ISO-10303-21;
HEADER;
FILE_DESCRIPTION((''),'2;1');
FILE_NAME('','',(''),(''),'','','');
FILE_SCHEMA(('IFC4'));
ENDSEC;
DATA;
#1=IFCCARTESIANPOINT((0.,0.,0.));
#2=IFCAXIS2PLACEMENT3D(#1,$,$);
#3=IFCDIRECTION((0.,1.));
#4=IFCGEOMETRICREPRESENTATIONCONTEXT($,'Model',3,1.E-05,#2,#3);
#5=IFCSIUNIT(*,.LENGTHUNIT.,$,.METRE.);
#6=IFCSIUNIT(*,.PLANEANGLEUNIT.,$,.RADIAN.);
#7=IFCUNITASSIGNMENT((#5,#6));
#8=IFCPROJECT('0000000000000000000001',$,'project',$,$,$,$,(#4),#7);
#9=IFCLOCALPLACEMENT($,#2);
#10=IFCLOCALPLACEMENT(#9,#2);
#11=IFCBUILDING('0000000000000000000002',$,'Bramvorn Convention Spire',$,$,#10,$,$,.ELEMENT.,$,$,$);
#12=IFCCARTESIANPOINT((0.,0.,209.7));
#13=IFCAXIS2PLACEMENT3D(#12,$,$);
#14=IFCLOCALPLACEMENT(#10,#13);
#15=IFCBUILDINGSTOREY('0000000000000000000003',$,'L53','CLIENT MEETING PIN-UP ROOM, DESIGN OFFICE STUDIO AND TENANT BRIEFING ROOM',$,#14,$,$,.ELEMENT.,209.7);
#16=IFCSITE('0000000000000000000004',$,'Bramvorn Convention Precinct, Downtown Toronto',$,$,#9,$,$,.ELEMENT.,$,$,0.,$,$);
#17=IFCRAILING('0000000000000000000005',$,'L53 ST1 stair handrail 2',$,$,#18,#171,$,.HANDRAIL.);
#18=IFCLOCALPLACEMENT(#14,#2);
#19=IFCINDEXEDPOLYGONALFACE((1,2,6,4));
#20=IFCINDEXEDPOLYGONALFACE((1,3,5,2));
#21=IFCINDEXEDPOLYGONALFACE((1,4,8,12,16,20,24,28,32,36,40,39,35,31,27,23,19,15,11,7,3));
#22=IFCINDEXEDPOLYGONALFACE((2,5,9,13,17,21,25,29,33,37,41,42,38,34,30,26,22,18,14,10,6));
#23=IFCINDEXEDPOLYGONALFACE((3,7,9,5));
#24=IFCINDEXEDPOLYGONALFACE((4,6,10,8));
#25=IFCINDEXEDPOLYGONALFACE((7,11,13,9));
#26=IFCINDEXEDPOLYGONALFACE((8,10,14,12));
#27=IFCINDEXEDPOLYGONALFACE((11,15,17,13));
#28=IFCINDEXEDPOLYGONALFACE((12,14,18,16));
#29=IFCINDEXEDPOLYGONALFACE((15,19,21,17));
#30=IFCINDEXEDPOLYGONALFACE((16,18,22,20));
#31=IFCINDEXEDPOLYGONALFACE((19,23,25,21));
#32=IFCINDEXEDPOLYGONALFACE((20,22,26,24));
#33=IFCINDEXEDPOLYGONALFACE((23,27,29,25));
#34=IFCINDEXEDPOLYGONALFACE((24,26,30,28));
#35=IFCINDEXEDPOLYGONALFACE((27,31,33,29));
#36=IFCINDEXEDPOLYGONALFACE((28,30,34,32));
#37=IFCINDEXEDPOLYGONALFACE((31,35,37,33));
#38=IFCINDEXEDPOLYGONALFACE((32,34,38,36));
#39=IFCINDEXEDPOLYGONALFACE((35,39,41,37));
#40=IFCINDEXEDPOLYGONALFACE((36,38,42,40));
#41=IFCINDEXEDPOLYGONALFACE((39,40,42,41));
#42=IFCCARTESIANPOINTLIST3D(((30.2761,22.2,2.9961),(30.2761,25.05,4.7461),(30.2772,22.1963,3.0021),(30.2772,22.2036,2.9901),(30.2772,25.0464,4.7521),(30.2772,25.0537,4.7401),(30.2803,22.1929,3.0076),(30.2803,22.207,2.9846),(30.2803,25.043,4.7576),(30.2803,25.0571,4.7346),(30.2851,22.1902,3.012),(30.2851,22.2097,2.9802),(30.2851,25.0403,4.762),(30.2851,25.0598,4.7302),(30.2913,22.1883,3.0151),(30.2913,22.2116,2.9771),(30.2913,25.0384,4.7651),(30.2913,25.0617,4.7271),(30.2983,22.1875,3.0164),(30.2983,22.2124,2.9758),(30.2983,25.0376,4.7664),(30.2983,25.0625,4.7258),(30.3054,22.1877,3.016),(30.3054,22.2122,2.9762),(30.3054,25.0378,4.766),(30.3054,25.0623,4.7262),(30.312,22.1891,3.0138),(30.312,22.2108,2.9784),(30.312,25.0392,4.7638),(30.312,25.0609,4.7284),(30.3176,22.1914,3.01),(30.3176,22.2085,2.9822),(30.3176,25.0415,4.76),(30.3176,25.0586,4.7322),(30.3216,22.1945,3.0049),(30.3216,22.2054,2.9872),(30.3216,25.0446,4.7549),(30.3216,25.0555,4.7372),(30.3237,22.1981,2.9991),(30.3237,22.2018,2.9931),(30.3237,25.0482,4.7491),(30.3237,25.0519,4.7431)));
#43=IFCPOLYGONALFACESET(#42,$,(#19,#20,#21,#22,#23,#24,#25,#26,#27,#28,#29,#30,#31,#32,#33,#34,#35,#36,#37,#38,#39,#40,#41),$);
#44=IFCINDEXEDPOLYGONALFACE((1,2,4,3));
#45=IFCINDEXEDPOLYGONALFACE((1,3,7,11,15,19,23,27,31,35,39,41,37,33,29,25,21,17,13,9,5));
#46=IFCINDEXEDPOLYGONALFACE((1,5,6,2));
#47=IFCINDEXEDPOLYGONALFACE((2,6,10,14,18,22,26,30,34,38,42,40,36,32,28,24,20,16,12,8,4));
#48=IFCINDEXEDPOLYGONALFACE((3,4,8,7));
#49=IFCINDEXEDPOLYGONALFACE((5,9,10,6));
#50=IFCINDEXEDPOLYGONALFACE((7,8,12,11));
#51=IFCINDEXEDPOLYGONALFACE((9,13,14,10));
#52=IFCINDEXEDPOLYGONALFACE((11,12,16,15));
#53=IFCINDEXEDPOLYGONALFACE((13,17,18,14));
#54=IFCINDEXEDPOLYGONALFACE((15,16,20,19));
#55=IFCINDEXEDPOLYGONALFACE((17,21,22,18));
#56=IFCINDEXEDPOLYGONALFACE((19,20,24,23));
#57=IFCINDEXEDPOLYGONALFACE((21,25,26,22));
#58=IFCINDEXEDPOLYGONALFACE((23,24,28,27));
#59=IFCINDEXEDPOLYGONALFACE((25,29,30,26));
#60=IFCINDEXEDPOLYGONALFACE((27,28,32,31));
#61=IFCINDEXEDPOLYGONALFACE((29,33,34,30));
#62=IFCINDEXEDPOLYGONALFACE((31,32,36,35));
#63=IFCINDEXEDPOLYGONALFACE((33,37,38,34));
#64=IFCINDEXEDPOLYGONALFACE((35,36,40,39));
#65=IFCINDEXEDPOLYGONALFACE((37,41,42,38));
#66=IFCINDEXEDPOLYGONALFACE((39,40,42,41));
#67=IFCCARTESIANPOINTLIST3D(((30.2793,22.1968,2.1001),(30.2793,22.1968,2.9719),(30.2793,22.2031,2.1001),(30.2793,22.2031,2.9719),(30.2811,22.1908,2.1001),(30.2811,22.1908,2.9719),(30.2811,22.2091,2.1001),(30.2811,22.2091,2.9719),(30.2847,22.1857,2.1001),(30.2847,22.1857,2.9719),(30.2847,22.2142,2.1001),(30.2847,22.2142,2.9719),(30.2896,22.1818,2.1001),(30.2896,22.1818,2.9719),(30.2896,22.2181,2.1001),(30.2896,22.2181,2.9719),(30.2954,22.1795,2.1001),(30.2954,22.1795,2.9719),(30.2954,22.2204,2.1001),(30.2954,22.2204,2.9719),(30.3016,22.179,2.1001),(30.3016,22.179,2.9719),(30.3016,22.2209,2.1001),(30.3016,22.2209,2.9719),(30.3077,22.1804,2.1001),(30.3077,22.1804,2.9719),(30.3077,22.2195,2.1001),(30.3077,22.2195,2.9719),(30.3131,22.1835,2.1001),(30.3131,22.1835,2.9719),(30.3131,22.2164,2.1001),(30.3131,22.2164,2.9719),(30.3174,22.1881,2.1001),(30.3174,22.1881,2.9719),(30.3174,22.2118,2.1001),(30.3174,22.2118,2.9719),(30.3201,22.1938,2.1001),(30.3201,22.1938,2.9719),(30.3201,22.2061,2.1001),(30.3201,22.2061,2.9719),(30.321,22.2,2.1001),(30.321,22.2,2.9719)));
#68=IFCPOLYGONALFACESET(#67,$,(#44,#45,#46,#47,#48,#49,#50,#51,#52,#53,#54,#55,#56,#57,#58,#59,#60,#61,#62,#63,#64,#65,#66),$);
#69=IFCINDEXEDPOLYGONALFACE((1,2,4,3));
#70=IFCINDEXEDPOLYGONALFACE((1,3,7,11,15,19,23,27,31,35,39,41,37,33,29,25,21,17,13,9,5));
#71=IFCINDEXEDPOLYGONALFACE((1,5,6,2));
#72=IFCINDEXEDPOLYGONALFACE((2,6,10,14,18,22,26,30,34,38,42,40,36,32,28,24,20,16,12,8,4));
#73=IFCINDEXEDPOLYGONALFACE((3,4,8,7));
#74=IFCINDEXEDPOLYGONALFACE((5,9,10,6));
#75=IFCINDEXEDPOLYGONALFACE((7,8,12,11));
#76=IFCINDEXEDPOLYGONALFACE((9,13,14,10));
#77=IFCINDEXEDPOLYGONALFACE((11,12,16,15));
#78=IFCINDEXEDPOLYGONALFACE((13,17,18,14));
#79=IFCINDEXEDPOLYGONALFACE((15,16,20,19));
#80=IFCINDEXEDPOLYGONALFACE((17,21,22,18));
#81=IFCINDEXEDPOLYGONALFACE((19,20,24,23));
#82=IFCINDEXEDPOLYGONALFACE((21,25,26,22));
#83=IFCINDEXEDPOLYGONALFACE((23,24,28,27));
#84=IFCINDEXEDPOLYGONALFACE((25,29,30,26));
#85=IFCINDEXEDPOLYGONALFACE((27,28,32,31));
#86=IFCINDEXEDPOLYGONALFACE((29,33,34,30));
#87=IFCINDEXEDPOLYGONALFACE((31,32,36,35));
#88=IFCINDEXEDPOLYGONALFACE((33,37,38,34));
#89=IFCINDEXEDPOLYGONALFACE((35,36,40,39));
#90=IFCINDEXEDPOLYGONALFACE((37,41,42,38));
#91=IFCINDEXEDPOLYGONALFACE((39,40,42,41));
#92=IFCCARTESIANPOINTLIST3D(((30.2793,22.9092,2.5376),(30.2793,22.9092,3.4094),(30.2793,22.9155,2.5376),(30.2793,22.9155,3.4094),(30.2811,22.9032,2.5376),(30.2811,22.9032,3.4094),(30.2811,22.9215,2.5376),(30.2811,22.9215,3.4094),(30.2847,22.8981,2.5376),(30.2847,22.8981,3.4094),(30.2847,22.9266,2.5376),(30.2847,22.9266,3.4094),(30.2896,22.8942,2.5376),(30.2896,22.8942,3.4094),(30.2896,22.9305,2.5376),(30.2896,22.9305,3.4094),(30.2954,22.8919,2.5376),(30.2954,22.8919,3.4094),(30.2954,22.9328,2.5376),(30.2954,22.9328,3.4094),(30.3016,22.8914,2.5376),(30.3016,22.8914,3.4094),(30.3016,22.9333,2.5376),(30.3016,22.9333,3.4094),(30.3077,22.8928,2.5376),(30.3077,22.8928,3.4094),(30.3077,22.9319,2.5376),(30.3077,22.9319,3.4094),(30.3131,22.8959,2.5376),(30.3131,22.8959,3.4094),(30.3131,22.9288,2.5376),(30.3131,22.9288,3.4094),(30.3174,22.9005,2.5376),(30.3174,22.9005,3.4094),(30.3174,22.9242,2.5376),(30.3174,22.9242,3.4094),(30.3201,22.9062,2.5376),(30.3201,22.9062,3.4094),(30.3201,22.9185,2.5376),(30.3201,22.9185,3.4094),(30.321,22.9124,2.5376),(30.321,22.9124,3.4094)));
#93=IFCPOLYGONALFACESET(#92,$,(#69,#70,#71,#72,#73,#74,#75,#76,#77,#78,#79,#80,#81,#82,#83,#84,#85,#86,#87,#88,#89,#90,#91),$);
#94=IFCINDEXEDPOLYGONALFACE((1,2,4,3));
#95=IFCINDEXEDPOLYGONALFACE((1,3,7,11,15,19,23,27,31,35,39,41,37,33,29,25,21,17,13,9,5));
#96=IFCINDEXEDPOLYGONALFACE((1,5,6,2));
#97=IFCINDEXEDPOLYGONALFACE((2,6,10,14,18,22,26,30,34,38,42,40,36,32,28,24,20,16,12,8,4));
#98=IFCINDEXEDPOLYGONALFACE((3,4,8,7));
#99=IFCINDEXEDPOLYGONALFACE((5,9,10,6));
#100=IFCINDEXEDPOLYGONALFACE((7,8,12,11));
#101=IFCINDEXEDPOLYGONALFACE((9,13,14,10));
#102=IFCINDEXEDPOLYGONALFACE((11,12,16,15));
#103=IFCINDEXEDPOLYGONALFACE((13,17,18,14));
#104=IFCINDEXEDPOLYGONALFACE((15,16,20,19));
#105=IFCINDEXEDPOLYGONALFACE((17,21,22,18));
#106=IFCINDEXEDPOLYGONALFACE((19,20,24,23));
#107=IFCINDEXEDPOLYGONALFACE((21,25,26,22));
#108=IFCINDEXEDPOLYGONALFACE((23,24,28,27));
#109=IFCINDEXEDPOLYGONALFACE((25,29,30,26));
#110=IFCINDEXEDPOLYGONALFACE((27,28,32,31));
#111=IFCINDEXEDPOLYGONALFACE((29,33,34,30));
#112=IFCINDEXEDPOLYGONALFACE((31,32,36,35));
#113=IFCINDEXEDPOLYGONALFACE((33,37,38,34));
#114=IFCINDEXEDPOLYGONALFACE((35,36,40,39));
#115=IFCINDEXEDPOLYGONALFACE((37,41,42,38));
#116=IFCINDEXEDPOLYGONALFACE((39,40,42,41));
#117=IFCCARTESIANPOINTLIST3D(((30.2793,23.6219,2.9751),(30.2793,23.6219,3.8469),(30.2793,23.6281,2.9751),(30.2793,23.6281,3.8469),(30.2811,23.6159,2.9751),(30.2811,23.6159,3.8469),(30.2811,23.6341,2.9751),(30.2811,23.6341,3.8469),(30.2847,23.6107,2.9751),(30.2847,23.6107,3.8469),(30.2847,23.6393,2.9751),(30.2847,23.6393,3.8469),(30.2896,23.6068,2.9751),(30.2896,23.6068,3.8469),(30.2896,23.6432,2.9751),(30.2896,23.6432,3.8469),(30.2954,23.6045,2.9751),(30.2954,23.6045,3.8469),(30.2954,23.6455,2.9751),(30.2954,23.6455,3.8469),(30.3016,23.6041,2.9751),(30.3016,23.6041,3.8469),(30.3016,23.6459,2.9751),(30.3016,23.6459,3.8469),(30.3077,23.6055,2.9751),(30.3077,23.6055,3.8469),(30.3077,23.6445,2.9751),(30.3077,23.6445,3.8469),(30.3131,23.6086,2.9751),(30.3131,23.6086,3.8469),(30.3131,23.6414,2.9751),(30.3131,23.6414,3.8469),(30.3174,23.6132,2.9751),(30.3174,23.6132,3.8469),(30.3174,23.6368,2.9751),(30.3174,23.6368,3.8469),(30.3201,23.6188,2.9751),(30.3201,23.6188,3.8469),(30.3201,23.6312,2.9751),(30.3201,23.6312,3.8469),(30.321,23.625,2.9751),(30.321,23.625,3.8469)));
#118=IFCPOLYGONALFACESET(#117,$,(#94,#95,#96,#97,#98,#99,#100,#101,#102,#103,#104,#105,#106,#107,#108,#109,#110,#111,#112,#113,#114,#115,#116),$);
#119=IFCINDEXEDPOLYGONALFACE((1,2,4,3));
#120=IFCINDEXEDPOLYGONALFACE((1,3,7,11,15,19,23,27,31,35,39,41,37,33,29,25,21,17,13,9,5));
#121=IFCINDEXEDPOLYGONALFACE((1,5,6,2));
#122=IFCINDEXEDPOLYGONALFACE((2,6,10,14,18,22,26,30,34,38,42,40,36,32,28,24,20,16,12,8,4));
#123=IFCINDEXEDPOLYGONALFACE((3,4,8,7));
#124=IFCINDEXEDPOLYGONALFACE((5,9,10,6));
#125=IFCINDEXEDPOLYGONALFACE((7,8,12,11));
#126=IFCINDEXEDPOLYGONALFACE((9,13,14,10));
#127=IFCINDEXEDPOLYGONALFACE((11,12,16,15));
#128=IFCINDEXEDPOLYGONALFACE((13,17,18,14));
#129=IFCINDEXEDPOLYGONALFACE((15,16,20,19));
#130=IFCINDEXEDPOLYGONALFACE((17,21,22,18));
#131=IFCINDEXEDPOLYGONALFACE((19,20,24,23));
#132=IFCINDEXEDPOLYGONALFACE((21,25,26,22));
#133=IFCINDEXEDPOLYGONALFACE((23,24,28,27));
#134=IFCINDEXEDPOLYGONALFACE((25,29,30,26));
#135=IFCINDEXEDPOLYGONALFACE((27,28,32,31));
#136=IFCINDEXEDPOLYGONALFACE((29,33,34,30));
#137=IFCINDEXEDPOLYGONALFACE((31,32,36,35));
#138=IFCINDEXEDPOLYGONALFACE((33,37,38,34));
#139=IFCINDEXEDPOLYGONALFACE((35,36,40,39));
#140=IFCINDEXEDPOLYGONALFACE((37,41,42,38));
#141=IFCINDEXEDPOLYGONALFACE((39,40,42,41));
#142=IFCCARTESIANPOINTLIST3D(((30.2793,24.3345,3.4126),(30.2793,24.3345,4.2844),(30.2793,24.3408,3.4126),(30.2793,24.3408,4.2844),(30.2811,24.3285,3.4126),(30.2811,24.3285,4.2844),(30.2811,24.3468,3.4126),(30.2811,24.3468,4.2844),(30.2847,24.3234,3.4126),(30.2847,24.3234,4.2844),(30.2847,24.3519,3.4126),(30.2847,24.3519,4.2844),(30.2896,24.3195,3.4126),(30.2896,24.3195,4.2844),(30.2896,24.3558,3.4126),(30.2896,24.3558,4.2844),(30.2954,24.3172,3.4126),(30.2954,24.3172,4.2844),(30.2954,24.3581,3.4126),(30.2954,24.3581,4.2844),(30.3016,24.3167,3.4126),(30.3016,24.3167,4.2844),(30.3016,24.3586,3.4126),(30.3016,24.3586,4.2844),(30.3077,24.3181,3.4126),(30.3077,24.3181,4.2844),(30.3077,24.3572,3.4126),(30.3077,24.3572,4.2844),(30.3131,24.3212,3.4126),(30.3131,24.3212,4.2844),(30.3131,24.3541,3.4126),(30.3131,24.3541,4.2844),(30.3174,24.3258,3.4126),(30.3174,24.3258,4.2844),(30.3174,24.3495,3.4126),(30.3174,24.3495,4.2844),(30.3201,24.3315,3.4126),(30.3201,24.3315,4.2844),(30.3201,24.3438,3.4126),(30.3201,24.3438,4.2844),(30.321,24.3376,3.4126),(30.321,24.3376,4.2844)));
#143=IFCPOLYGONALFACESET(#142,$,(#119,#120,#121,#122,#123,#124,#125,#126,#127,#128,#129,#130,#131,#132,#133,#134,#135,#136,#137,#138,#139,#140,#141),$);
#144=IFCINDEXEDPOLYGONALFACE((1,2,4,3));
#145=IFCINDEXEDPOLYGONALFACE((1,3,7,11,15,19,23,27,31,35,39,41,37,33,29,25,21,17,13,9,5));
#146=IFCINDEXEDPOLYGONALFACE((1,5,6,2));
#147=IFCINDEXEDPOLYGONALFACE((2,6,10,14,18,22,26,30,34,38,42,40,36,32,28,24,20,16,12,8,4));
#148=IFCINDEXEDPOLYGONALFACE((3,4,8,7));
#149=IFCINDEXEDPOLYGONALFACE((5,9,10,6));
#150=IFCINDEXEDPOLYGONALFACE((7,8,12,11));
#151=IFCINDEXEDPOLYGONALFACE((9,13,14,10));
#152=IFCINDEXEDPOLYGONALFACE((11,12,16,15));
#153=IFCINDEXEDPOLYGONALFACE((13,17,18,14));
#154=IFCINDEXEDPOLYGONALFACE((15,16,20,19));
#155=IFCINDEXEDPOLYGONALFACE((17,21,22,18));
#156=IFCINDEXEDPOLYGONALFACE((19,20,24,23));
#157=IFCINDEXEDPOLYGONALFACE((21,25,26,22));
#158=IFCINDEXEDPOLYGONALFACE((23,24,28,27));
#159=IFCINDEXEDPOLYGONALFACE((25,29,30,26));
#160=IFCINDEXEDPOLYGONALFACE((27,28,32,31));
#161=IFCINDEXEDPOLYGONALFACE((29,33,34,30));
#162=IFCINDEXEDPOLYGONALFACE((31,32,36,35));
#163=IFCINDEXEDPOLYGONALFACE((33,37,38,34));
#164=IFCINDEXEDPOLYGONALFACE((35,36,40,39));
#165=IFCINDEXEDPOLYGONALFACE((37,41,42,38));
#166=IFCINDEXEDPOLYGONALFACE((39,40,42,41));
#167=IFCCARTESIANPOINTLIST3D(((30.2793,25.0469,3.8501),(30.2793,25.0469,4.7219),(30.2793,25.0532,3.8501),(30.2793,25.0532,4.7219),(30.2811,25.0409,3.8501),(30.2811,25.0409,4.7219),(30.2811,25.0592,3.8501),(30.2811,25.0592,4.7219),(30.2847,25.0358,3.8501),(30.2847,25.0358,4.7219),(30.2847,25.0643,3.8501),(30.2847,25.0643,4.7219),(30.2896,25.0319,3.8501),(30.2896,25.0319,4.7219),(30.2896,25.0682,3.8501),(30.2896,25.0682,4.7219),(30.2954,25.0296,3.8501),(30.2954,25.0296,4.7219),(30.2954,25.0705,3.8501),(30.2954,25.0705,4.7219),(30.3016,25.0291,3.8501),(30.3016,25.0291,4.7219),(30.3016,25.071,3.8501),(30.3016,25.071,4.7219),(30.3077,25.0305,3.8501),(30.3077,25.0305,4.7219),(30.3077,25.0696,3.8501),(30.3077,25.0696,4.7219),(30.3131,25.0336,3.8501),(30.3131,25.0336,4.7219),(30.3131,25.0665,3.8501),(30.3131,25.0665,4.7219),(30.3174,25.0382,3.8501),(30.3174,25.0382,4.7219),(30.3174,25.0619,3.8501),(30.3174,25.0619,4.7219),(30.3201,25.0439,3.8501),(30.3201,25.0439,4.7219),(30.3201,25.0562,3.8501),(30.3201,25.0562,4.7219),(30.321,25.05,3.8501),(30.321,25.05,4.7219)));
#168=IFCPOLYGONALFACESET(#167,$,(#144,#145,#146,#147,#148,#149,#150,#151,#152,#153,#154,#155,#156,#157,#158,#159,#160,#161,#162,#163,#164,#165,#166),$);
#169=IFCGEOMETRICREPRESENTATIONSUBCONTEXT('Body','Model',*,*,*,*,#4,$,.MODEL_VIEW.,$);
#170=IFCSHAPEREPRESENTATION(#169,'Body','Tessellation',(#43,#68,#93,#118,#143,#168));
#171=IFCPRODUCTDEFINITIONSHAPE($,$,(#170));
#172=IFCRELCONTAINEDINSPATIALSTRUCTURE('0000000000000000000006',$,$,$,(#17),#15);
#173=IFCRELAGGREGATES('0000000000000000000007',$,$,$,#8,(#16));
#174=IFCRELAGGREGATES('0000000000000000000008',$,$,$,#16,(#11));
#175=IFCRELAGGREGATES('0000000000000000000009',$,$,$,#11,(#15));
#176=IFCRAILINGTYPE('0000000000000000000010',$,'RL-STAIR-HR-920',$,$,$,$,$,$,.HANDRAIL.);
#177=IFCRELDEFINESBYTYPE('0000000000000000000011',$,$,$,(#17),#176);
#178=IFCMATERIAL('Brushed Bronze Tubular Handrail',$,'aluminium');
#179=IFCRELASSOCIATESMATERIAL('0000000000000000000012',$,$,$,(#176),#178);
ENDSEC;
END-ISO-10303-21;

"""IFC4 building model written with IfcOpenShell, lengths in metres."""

from ifc_helpers import new_model, si_unit, direction, frame, origin, origin_2d, place, context, subcontext, project, spatial, circle, extrude, material, type_object, element, save


model = new_model("IFC4")

# Units and contexts
model_context = context("Model", 3, precision=1e-05, world=origin(), true_north=direction((0.0, 1.0)))
body_context = subcontext(model_context, "Body", "Model", "MODEL_VIEW")
ifc_project = project(units=[si_unit("LENGTHUNIT", "METRE"), si_unit("PLANEANGLEUNIT", "RADIAN")], contexts=[model_context])

# Site, building, storey
site_placement = place(None, origin())
site = spatial("IfcSite", under=ifc_project, at=site_placement, Name="Bramvorn Convention Precinct, Downtown Toronto", CompositionType="ELEMENT", RefElevation=0.0)
building_placement = place(site_placement, origin())
building = spatial("IfcBuilding", under=site, at=building_placement, Name="Bramvorn Convention Spire", CompositionType="ELEMENT")
storey_placement = place(building_placement, frame((0.0, 0.0, 209.7)))
storey = spatial("IfcBuildingStorey", under=building, at=storey_placement, Name="L53", Description="CLIENT MEETING PIN-UP ROOM, DESIGN OFFICE STUDIO AND TENANT BRIEFING ROOM", CompositionType="ELEMENT", Elevation=209.7)

# Railing
ifc_material_1 = material(Name="Brushed Bronze Tubular Handrail", Category="aluminium")
railing_type_1 = type_object("IfcRailingType", Name="RL-STAIR-HR-920", PredefinedType="HANDRAIL", material=ifc_material_1)
railing_1_placement = place(storey_placement, frame((30.3, 22.2, 2.1001)))
element("IfcRailing", 1, at=railing_1_placement, inside=storey, type_object=railing_type_1, Name="L53 ST1 stair handrail 2", PredefinedType="HANDRAIL", context=body_context, shape_type="SweptSolid", body=[
    extrude(circle(Radius=0.0239, at=origin_2d()), frame((0.0, 0.0, 0.896), z_axis=(0.0, 0.852179, 0.52325), x_axis=(-1.0, 0.0, 0.0)), (0.0, 0.0, 1.0), 3.3445),
    extrude(circle(Radius=0.021, at=origin_2d()), origin(), (0.0, 0.0, 1.0), 0.8718),
    extrude(circle(Radius=0.021, at=origin_2d()), frame((0.0, 0.7124, 0.4375)), (0.0, 0.0, 1.0), 0.8718),
    extrude(circle(Radius=0.021, at=origin_2d()), frame((0.0, 1.425, 0.875)), (0.0, 0.0, 1.0), 0.8718),
    extrude(circle(Radius=0.021, at=origin_2d()), frame((0.0, 2.1377, 1.3125)), (0.0, 0.0, 1.0), 0.8718),
    extrude(circle(Radius=0.021, at=origin_2d()), frame((0.0, 2.8501, 1.75)), (0.0, 0.0, 1.0), 0.8718),
])

save(model, "model.ifc")
